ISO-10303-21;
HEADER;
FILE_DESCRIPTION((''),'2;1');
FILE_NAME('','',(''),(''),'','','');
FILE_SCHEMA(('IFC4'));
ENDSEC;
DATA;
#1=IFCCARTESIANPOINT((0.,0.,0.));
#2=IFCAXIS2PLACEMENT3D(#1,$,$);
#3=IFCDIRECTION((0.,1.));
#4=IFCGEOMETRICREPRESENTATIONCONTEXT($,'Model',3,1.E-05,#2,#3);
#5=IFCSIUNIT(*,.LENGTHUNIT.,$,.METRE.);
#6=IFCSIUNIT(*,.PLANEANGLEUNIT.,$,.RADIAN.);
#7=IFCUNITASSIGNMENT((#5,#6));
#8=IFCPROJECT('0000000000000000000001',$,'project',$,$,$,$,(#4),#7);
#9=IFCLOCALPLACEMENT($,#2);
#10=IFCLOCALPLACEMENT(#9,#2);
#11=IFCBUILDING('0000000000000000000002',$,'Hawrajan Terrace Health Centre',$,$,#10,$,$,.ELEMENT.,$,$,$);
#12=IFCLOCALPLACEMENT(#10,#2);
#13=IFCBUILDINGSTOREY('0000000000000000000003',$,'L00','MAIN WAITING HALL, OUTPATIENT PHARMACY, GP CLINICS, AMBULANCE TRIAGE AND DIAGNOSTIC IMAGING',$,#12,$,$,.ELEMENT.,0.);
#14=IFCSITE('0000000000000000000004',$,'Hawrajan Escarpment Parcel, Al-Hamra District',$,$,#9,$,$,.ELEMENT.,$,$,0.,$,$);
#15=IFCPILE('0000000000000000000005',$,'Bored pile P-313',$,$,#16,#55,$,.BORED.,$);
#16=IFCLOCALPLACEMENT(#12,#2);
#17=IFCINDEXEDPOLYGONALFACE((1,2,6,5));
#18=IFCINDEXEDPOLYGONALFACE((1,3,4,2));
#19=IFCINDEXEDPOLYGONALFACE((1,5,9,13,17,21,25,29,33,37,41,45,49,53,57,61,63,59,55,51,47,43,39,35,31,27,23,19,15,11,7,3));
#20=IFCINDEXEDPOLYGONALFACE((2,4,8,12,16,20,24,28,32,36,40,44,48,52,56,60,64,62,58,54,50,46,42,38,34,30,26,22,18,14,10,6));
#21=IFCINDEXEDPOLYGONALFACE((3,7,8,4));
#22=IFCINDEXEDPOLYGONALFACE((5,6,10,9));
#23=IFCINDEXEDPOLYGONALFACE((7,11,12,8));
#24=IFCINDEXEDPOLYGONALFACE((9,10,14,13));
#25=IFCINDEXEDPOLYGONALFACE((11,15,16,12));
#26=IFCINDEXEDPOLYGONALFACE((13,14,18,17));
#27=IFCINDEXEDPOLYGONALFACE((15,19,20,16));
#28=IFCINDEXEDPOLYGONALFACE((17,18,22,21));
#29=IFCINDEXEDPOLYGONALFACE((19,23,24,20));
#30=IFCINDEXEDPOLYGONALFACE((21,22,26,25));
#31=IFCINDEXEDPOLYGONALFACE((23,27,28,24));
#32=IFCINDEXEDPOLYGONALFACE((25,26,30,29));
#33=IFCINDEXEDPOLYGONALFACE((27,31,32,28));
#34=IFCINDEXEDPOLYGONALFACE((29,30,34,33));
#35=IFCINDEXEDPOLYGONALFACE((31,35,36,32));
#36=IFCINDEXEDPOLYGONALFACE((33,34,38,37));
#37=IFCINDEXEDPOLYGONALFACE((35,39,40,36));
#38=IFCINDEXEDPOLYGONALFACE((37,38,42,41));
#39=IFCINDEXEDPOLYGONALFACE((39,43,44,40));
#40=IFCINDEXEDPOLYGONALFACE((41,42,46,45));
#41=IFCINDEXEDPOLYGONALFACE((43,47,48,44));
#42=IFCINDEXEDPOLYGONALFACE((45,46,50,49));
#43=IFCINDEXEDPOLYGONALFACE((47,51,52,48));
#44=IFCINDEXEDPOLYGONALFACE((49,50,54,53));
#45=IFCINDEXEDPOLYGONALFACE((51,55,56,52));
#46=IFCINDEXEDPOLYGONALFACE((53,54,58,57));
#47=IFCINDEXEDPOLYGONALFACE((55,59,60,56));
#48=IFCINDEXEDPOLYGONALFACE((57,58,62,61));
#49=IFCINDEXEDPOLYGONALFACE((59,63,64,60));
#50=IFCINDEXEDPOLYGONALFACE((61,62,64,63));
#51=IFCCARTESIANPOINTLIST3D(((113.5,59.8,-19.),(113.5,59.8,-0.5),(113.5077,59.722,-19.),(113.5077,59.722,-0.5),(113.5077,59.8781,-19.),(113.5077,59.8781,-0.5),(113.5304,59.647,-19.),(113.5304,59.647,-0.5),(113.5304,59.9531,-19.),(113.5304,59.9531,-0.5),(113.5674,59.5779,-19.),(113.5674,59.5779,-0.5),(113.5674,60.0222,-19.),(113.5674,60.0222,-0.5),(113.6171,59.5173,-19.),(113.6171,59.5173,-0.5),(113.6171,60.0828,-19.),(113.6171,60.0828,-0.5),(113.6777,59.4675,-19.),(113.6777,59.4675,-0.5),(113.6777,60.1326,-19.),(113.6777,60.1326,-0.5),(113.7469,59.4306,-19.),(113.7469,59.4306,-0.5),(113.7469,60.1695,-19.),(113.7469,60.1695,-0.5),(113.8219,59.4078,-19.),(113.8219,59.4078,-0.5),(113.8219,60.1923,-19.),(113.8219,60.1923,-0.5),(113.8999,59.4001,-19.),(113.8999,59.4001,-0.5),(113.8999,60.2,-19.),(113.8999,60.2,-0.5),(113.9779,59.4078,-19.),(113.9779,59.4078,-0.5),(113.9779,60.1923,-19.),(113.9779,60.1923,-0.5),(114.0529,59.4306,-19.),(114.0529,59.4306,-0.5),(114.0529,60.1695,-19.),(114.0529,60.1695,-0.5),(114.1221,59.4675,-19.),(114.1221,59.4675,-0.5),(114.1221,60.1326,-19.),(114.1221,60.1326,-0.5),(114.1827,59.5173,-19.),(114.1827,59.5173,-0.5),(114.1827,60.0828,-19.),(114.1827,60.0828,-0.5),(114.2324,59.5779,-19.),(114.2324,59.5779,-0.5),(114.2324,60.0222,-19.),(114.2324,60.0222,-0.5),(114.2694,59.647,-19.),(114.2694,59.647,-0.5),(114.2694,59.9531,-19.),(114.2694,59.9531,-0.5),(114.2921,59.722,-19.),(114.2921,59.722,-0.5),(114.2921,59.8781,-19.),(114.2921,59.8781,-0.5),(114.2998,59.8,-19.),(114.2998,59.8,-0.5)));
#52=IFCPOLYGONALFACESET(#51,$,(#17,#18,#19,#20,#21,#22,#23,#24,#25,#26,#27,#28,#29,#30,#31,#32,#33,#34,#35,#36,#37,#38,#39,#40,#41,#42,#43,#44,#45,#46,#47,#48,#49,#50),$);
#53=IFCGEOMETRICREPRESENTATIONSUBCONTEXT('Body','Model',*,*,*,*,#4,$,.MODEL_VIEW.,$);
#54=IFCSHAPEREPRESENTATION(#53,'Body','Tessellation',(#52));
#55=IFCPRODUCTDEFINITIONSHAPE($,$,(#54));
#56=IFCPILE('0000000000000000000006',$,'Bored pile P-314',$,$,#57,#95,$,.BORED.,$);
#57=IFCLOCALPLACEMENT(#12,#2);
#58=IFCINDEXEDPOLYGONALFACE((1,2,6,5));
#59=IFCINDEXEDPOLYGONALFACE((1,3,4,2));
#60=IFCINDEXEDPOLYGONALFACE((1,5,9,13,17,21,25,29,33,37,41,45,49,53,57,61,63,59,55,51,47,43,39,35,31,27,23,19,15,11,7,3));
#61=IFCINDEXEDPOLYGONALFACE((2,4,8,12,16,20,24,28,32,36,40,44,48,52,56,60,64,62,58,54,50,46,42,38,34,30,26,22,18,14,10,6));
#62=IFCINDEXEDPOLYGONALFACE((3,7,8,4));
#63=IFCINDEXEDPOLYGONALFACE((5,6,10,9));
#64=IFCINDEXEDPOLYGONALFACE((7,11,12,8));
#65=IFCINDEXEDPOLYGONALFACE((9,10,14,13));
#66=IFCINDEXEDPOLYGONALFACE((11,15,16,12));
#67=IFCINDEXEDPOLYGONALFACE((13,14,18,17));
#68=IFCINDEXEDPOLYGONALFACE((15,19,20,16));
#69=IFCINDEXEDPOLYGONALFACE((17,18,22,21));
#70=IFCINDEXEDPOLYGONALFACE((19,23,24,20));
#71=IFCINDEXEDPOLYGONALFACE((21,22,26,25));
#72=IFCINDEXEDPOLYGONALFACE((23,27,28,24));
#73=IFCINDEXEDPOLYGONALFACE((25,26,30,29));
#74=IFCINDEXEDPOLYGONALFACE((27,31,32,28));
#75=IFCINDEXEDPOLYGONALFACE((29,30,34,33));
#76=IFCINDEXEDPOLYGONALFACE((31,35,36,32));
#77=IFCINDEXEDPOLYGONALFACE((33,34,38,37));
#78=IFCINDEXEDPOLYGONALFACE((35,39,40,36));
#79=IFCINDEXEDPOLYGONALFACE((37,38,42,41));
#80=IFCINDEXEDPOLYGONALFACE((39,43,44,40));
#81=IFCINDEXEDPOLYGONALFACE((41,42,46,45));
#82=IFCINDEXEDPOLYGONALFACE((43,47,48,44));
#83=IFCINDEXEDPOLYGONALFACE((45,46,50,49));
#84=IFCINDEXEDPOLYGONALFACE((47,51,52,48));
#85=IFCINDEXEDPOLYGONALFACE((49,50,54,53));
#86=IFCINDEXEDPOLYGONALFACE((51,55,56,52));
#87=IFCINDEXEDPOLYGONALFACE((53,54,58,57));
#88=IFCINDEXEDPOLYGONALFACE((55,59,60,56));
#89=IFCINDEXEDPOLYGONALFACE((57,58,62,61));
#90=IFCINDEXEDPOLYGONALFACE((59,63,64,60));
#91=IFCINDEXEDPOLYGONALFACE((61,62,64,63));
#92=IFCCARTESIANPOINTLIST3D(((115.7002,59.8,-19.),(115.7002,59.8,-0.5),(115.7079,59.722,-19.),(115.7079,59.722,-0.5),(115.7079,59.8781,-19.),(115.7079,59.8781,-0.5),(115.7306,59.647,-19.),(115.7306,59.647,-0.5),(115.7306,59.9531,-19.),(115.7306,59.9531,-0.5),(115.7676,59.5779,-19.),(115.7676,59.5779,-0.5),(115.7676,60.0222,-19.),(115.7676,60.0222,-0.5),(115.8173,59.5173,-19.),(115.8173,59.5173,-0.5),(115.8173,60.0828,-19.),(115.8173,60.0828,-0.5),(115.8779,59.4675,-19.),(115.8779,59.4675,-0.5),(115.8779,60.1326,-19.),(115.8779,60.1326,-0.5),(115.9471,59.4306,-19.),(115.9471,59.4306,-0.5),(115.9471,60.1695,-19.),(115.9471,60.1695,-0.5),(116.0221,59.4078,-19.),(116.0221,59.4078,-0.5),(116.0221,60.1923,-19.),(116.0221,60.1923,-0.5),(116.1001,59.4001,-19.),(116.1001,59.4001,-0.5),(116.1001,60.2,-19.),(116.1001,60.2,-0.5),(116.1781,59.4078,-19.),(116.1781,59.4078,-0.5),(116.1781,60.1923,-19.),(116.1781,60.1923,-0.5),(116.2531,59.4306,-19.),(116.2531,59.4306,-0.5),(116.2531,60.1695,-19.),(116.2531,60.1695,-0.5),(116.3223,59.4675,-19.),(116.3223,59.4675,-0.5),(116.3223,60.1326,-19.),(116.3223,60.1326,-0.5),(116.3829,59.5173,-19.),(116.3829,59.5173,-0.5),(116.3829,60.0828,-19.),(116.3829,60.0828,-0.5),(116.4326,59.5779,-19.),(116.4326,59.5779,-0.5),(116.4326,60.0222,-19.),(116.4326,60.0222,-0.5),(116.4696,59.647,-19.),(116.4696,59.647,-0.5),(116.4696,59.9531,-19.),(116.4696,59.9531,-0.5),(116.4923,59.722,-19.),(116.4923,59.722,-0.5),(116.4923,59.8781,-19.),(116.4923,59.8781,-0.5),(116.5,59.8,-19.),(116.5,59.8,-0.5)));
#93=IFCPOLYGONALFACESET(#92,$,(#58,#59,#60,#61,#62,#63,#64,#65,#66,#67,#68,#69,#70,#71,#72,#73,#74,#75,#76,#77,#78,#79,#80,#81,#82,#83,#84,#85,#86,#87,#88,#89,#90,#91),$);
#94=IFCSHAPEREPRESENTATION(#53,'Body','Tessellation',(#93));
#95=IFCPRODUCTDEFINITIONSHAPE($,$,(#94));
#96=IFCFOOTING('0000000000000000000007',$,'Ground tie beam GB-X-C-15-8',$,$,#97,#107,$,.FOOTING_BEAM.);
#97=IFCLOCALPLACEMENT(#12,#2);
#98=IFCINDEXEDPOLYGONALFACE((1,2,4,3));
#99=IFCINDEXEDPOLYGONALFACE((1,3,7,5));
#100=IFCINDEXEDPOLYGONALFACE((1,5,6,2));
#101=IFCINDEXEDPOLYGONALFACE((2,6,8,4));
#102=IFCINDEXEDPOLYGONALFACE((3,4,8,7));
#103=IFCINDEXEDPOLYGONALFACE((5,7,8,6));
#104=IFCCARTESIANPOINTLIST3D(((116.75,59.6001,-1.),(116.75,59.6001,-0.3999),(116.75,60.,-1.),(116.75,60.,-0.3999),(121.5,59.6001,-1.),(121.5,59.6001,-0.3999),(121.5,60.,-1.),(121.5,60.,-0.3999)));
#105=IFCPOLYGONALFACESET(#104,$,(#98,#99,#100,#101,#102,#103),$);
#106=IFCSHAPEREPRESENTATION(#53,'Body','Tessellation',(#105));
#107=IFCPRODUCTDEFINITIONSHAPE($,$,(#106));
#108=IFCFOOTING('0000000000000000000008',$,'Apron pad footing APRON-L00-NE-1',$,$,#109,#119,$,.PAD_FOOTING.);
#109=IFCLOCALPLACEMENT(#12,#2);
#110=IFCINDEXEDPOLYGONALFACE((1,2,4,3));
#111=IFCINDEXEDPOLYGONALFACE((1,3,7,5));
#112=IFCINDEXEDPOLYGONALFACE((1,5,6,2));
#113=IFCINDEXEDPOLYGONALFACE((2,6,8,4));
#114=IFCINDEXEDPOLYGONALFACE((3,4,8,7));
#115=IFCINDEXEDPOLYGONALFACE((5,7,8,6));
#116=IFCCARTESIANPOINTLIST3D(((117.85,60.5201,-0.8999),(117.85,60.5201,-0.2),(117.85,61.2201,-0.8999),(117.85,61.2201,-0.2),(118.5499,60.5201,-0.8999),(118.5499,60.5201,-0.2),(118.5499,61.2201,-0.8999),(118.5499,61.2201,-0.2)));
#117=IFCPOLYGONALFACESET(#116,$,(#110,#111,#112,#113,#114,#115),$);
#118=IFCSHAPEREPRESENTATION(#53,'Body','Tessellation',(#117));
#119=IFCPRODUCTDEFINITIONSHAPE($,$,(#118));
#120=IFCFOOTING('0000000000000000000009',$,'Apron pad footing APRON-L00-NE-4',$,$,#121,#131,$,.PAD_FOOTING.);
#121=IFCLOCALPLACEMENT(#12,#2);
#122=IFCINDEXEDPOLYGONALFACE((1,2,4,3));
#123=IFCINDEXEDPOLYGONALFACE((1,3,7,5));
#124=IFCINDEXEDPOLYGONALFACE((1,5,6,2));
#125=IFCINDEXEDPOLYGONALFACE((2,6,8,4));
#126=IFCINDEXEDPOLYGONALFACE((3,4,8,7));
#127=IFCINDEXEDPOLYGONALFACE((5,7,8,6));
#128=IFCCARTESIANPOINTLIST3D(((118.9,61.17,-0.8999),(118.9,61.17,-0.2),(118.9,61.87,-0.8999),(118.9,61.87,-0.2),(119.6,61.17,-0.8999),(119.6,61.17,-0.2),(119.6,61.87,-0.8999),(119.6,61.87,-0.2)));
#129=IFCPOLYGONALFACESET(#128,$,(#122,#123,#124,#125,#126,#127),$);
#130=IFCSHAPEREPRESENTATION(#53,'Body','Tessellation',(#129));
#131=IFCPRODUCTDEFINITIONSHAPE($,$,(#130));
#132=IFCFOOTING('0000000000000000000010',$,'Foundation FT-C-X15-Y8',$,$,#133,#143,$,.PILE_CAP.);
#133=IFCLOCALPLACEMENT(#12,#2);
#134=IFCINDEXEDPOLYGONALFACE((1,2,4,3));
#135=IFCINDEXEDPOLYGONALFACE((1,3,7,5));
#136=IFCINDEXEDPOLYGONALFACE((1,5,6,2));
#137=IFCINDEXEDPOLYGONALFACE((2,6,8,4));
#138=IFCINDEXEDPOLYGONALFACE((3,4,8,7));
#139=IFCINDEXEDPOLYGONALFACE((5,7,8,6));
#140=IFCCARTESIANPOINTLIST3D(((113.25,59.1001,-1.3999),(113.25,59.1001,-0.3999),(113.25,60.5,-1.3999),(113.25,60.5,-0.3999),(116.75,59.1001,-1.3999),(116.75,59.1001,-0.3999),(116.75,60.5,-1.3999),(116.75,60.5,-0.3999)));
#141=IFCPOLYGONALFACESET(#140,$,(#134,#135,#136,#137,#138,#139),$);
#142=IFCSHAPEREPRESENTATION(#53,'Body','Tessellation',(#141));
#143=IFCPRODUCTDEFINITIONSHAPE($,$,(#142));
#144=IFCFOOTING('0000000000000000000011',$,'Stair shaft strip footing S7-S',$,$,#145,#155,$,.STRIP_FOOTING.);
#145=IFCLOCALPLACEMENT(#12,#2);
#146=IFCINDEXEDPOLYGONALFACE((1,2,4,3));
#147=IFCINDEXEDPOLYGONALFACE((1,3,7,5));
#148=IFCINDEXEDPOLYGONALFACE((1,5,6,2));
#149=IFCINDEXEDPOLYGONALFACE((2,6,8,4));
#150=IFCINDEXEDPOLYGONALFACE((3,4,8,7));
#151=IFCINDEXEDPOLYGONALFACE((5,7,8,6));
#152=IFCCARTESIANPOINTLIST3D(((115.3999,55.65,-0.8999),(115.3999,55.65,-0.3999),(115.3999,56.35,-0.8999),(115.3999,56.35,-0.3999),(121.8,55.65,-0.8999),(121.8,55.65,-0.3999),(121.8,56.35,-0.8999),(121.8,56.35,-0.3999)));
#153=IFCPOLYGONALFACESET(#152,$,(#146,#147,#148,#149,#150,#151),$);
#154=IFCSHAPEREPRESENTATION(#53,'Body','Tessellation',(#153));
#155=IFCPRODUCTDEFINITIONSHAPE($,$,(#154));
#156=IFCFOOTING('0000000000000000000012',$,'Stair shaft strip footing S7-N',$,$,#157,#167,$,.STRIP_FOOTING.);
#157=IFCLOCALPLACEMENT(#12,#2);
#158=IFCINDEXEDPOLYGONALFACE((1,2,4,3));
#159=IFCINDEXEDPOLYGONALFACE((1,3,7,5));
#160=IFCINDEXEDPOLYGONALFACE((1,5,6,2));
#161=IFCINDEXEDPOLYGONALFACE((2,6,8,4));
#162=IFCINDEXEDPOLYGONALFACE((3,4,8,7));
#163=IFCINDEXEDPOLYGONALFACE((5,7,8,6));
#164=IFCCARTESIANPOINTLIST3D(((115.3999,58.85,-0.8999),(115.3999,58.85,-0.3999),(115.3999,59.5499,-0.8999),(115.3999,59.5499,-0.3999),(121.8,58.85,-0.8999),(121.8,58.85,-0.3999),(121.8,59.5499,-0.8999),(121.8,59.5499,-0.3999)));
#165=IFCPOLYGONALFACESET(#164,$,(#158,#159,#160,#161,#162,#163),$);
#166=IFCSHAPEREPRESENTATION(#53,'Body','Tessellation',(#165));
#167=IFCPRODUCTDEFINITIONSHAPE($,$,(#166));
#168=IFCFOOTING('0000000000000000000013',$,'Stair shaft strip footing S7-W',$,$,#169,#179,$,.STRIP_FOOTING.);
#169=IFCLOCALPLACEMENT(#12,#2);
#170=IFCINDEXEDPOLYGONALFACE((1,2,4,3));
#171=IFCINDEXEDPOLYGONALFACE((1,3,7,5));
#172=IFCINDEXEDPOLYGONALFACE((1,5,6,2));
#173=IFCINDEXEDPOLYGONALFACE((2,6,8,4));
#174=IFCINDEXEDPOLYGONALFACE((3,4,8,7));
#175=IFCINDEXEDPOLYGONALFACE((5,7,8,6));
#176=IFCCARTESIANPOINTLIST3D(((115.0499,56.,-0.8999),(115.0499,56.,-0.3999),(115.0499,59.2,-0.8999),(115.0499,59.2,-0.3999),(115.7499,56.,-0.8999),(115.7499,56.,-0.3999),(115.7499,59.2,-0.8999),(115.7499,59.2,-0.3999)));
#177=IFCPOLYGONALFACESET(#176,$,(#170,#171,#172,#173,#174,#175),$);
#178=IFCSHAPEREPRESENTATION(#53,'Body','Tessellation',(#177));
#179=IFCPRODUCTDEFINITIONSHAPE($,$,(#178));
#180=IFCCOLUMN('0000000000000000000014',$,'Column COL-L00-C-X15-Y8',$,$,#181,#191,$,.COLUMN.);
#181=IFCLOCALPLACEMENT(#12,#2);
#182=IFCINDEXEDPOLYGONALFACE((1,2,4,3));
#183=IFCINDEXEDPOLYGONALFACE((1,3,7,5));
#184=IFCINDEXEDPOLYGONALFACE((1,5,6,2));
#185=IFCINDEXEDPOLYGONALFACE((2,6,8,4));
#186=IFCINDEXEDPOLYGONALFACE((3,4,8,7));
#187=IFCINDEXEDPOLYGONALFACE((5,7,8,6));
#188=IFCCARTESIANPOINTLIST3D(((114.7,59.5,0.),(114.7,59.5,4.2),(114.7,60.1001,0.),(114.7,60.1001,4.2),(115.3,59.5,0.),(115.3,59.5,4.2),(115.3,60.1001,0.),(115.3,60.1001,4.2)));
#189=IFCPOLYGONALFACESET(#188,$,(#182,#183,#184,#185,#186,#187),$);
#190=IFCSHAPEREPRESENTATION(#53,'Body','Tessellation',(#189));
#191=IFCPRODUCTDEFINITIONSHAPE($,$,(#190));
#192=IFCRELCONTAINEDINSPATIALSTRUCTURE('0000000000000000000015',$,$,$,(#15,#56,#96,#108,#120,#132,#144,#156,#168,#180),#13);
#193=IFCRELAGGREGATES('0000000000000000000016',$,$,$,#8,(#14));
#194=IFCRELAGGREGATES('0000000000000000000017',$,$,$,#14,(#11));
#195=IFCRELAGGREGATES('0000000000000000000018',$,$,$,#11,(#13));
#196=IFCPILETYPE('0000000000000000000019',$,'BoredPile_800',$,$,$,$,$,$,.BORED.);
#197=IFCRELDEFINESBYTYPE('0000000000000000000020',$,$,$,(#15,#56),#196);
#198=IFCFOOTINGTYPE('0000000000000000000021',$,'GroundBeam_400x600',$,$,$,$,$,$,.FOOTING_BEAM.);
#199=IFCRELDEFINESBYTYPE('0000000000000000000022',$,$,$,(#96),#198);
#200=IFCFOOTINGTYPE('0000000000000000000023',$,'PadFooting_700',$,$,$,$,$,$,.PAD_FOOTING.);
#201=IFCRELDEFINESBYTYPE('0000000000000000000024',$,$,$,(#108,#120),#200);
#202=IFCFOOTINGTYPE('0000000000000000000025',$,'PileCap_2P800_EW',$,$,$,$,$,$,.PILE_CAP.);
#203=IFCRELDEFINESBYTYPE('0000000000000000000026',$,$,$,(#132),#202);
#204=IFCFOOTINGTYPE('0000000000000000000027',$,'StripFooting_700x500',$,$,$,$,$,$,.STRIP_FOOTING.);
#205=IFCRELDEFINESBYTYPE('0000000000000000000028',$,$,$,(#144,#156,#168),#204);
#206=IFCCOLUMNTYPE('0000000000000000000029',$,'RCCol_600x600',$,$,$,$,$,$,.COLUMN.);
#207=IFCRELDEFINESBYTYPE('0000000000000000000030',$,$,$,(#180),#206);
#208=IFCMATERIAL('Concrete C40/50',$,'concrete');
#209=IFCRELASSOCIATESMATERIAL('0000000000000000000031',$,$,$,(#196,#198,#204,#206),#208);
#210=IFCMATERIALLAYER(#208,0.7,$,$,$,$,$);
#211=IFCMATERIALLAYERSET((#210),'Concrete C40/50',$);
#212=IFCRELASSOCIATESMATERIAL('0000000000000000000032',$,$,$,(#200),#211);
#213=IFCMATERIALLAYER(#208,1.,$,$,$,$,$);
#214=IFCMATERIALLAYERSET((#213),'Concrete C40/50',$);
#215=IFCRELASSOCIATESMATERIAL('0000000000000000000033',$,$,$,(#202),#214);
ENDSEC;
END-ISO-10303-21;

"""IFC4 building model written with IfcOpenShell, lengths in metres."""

from ifc_helpers import new_model, si_unit, direction, frame, origin, origin_2d, place, context, subcontext, project, spatial, rectangle, circle, extrude, material, layer, layer_set, material_profile, profile_set, type_object, element, save


model = new_model("IFC4")

# Units and contexts
model_context = context("Model", 3, precision=1e-05, world=origin(), true_north=direction((0.0, 1.0)))
body_context = subcontext(model_context, "Body", "Model", "MODEL_VIEW")
ifc_project = project(units=[si_unit("LENGTHUNIT", "METRE"), si_unit("PLANEANGLEUNIT", "RADIAN")], contexts=[model_context])

# Site, building, storey
site_placement = place(None, origin())
site = spatial("IfcSite", under=ifc_project, at=site_placement, Name="Hawrajan Escarpment Parcel, Al-Hamra District", CompositionType="ELEMENT", RefElevation=0.0)
building_placement = place(site_placement, origin())
building = spatial("IfcBuilding", under=site, at=building_placement, Name="Hawrajan Terrace Health Centre", CompositionType="ELEMENT")
storey_placement = place(building_placement, origin())
storey = spatial("IfcBuildingStorey", under=building, at=storey_placement, Name="L00", Description="MAIN WAITING HALL, OUTPATIENT PHARMACY, GP CLINICS, AMBULANCE TRIAGE AND DIAGNOSTIC IMAGING", CompositionType="ELEMENT", Elevation=0.0)

# Piles
ifc_material_1 = material(Name="Concrete C40/50", Category="concrete")
ifc_material_profile_1 = material_profile(ifc_material_1, circle(Radius=0.3999, at=origin_2d()), Name="BP 800")
ifc_profile_set_1 = profile_set([ifc_material_profile_1], Name="Concrete C40/50")
pile_type = type_object("IfcPileType", Name="BoredPile_800", PredefinedType="BORED", material=ifc_profile_set_1)
for number, where, z_axis, x_axis, name in (
    (1, (113.8999, 59.8, -0.5), (0.0, 0.0, -1.0), (1.0, 0.0, 0.0), "Bored pile P-313"),
    (2, (116.1001, 59.8, -0.5), (0.0, 0.0, -1.0), (1.0, 0.0, 0.0), "Bored pile P-314"),
):
    element("IfcPile", number, at=place(storey_placement, frame(where, z_axis=z_axis, x_axis=x_axis)), inside=storey, type_object=pile_type, Name=name, PredefinedType="BORED", context=body_context, shape_type="SweptSolid", body=[
        extrude(circle(Radius=0.3999, at=origin_2d()), origin(), (0.0, 0.0, 1.0), 18.5),
    ])

# Footings
ifc_material_profile_2 = material_profile(ifc_material_1, rectangle(XDim=0.3999, YDim=0.6001, at=origin_2d()), Name="RC BM 400x600")
ifc_profile_set_2 = profile_set([ifc_material_profile_2], Name="Concrete C40/50")
footing_type_1 = type_object("IfcFootingType", Name="GroundBeam_400x600", PredefinedType="FOOTING_BEAM", material=ifc_profile_set_2)
footing_1_placement = place(storey_placement, frame((116.75, 59.8, -0.7), z_axis=(1.0, 0.0, 0.0), x_axis=(0.0, 1.0, 0.0)))
element("IfcFooting", 3, at=footing_1_placement, inside=storey, type_object=footing_type_1, Name="Ground tie beam GB-X-C-15-8", PredefinedType="FOOTING_BEAM", context=body_context, shape_type="SweptSolid", body=[
    extrude(rectangle(XDim=0.3999, YDim=0.6001, at=origin_2d()), origin(), (0.0, 0.0, 1.0), 4.75),
])
ifc_layer_1 = layer(ifc_material_1, 0.7)
ifc_layer_set_1 = layer_set([ifc_layer_1], Name="Concrete C40/50")
footing_type_2 = type_object("IfcFootingType", Name="PadFooting_700", PredefinedType="PAD_FOOTING", material=ifc_layer_set_1)
for number, where, z_axis, x_axis, name in (
    (4, (118.2, 60.8701, -0.8999), (0.0, 0.0, 1.0), (1.0, 0.0, 0.0), "Apron pad footing APRON-L00-NE-1"),
    (5, (119.25, 61.52, -0.8999), (0.0, 0.0, 1.0), (1.0, 0.0, 0.0), "Apron pad footing APRON-L00-NE-4"),
):
    element("IfcFooting", number, at=place(storey_placement, frame(where, z_axis=z_axis, x_axis=x_axis)), inside=storey, type_object=footing_type_2, Name=name, PredefinedType="PAD_FOOTING", context=body_context, shape_type="SweptSolid", body=[
        extrude(rectangle(XDim=0.7, YDim=0.7, at=origin_2d()), origin(), (0.0, 0.0, 1.0), 0.7),
    ])
ifc_layer_2 = layer(ifc_material_1, 1.0)
ifc_layer_set_2 = layer_set([ifc_layer_2], Name="Concrete C40/50")
footing_type_3 = type_object("IfcFootingType", Name="PileCap_2P800_EW", PredefinedType="PILE_CAP", material=ifc_layer_set_2)
footing_2_placement = place(storey_placement, frame((115.0, 59.8, -1.3999), z_axis=(0.0, 0.0, 1.0), x_axis=(1.0, 0.0, 0.0)))
element("IfcFooting", 6, at=footing_2_placement, inside=storey, type_object=footing_type_3, Name="Foundation FT-C-X15-Y8", PredefinedType="PILE_CAP", context=body_context, shape_type="SweptSolid", body=[
    extrude(rectangle(XDim=3.5, YDim=1.3999, at=origin_2d()), origin(), (0.0, 0.0, 1.0), 1.0),
])
ifc_material_profile_3 = material_profile(ifc_material_1, rectangle(XDim=0.7, YDim=0.5, at=origin_2d()), Name="RC STRIP 700x500")
ifc_profile_set_3 = profile_set([ifc_material_profile_3], Name="Concrete C40/50")
footing_type_4 = type_object("IfcFootingType", Name="StripFooting_700x500", PredefinedType="STRIP_FOOTING", material=ifc_profile_set_3)
for number, where, z_axis, x_axis, name in (
    (7, (115.3999, 56.0, -0.6499), (1.0, 0.0, 0.0), (0.0, 1.0, 0.0), "Stair shaft strip footing S7-S"),
    (8, (115.3999, 59.2, -0.6499), (1.0, 0.0, 0.0), (0.0, 1.0, 0.0), "Stair shaft strip footing S7-N"),
):
    element("IfcFooting", number, at=place(storey_placement, frame(where, z_axis=z_axis, x_axis=x_axis)), inside=storey, type_object=footing_type_4, Name=name, PredefinedType="STRIP_FOOTING", context=body_context, shape_type="SweptSolid", body=[
        extrude(rectangle(XDim=0.7, YDim=0.5, at=origin_2d()), origin(), (0.0, 0.0, 1.0), 6.4001),
    ])
footing_3_placement = place(storey_placement, frame((115.3999, 56.0, -0.6499), z_axis=(0.0, 1.0, 0.0), x_axis=(-1.0, 0.0, 0.0)))
element("IfcFooting", 9, at=footing_3_placement, inside=storey, type_object=footing_type_4, Name="Stair shaft strip footing S7-W", PredefinedType="STRIP_FOOTING", context=body_context, shape_type="SweptSolid", body=[
    extrude(rectangle(XDim=0.7, YDim=0.5, at=origin_2d()), origin(), (0.0, 0.0, 1.0), 3.2),
])

# Column
ifc_material_profile_4 = material_profile(ifc_material_1, rectangle(XDim=0.6001, YDim=0.6001, at=origin_2d()), Name="RC 600x600")
ifc_profile_set_4 = profile_set([ifc_material_profile_4], Name="Concrete C40/50")
column_type = type_object("IfcColumnType", Name="RCCol_600x600", PredefinedType="COLUMN", material=ifc_profile_set_4)
column_placement = place(storey_placement, frame((115.0, 59.8, 0.0), z_axis=(0.0, 0.0, 1.0), x_axis=(1.0, 0.0, 0.0)))
element("IfcColumn", 10, at=column_placement, inside=storey, type_object=column_type, Name="Column COL-L00-C-X15-Y8", PredefinedType="COLUMN", context=body_context, shape_type="SweptSolid", body=[
    extrude(rectangle(XDim=0.6001, YDim=0.6001, at=origin_2d()), origin(), (0.0, 0.0, 1.0), 4.2),
])

save(model, "model.ifc")
